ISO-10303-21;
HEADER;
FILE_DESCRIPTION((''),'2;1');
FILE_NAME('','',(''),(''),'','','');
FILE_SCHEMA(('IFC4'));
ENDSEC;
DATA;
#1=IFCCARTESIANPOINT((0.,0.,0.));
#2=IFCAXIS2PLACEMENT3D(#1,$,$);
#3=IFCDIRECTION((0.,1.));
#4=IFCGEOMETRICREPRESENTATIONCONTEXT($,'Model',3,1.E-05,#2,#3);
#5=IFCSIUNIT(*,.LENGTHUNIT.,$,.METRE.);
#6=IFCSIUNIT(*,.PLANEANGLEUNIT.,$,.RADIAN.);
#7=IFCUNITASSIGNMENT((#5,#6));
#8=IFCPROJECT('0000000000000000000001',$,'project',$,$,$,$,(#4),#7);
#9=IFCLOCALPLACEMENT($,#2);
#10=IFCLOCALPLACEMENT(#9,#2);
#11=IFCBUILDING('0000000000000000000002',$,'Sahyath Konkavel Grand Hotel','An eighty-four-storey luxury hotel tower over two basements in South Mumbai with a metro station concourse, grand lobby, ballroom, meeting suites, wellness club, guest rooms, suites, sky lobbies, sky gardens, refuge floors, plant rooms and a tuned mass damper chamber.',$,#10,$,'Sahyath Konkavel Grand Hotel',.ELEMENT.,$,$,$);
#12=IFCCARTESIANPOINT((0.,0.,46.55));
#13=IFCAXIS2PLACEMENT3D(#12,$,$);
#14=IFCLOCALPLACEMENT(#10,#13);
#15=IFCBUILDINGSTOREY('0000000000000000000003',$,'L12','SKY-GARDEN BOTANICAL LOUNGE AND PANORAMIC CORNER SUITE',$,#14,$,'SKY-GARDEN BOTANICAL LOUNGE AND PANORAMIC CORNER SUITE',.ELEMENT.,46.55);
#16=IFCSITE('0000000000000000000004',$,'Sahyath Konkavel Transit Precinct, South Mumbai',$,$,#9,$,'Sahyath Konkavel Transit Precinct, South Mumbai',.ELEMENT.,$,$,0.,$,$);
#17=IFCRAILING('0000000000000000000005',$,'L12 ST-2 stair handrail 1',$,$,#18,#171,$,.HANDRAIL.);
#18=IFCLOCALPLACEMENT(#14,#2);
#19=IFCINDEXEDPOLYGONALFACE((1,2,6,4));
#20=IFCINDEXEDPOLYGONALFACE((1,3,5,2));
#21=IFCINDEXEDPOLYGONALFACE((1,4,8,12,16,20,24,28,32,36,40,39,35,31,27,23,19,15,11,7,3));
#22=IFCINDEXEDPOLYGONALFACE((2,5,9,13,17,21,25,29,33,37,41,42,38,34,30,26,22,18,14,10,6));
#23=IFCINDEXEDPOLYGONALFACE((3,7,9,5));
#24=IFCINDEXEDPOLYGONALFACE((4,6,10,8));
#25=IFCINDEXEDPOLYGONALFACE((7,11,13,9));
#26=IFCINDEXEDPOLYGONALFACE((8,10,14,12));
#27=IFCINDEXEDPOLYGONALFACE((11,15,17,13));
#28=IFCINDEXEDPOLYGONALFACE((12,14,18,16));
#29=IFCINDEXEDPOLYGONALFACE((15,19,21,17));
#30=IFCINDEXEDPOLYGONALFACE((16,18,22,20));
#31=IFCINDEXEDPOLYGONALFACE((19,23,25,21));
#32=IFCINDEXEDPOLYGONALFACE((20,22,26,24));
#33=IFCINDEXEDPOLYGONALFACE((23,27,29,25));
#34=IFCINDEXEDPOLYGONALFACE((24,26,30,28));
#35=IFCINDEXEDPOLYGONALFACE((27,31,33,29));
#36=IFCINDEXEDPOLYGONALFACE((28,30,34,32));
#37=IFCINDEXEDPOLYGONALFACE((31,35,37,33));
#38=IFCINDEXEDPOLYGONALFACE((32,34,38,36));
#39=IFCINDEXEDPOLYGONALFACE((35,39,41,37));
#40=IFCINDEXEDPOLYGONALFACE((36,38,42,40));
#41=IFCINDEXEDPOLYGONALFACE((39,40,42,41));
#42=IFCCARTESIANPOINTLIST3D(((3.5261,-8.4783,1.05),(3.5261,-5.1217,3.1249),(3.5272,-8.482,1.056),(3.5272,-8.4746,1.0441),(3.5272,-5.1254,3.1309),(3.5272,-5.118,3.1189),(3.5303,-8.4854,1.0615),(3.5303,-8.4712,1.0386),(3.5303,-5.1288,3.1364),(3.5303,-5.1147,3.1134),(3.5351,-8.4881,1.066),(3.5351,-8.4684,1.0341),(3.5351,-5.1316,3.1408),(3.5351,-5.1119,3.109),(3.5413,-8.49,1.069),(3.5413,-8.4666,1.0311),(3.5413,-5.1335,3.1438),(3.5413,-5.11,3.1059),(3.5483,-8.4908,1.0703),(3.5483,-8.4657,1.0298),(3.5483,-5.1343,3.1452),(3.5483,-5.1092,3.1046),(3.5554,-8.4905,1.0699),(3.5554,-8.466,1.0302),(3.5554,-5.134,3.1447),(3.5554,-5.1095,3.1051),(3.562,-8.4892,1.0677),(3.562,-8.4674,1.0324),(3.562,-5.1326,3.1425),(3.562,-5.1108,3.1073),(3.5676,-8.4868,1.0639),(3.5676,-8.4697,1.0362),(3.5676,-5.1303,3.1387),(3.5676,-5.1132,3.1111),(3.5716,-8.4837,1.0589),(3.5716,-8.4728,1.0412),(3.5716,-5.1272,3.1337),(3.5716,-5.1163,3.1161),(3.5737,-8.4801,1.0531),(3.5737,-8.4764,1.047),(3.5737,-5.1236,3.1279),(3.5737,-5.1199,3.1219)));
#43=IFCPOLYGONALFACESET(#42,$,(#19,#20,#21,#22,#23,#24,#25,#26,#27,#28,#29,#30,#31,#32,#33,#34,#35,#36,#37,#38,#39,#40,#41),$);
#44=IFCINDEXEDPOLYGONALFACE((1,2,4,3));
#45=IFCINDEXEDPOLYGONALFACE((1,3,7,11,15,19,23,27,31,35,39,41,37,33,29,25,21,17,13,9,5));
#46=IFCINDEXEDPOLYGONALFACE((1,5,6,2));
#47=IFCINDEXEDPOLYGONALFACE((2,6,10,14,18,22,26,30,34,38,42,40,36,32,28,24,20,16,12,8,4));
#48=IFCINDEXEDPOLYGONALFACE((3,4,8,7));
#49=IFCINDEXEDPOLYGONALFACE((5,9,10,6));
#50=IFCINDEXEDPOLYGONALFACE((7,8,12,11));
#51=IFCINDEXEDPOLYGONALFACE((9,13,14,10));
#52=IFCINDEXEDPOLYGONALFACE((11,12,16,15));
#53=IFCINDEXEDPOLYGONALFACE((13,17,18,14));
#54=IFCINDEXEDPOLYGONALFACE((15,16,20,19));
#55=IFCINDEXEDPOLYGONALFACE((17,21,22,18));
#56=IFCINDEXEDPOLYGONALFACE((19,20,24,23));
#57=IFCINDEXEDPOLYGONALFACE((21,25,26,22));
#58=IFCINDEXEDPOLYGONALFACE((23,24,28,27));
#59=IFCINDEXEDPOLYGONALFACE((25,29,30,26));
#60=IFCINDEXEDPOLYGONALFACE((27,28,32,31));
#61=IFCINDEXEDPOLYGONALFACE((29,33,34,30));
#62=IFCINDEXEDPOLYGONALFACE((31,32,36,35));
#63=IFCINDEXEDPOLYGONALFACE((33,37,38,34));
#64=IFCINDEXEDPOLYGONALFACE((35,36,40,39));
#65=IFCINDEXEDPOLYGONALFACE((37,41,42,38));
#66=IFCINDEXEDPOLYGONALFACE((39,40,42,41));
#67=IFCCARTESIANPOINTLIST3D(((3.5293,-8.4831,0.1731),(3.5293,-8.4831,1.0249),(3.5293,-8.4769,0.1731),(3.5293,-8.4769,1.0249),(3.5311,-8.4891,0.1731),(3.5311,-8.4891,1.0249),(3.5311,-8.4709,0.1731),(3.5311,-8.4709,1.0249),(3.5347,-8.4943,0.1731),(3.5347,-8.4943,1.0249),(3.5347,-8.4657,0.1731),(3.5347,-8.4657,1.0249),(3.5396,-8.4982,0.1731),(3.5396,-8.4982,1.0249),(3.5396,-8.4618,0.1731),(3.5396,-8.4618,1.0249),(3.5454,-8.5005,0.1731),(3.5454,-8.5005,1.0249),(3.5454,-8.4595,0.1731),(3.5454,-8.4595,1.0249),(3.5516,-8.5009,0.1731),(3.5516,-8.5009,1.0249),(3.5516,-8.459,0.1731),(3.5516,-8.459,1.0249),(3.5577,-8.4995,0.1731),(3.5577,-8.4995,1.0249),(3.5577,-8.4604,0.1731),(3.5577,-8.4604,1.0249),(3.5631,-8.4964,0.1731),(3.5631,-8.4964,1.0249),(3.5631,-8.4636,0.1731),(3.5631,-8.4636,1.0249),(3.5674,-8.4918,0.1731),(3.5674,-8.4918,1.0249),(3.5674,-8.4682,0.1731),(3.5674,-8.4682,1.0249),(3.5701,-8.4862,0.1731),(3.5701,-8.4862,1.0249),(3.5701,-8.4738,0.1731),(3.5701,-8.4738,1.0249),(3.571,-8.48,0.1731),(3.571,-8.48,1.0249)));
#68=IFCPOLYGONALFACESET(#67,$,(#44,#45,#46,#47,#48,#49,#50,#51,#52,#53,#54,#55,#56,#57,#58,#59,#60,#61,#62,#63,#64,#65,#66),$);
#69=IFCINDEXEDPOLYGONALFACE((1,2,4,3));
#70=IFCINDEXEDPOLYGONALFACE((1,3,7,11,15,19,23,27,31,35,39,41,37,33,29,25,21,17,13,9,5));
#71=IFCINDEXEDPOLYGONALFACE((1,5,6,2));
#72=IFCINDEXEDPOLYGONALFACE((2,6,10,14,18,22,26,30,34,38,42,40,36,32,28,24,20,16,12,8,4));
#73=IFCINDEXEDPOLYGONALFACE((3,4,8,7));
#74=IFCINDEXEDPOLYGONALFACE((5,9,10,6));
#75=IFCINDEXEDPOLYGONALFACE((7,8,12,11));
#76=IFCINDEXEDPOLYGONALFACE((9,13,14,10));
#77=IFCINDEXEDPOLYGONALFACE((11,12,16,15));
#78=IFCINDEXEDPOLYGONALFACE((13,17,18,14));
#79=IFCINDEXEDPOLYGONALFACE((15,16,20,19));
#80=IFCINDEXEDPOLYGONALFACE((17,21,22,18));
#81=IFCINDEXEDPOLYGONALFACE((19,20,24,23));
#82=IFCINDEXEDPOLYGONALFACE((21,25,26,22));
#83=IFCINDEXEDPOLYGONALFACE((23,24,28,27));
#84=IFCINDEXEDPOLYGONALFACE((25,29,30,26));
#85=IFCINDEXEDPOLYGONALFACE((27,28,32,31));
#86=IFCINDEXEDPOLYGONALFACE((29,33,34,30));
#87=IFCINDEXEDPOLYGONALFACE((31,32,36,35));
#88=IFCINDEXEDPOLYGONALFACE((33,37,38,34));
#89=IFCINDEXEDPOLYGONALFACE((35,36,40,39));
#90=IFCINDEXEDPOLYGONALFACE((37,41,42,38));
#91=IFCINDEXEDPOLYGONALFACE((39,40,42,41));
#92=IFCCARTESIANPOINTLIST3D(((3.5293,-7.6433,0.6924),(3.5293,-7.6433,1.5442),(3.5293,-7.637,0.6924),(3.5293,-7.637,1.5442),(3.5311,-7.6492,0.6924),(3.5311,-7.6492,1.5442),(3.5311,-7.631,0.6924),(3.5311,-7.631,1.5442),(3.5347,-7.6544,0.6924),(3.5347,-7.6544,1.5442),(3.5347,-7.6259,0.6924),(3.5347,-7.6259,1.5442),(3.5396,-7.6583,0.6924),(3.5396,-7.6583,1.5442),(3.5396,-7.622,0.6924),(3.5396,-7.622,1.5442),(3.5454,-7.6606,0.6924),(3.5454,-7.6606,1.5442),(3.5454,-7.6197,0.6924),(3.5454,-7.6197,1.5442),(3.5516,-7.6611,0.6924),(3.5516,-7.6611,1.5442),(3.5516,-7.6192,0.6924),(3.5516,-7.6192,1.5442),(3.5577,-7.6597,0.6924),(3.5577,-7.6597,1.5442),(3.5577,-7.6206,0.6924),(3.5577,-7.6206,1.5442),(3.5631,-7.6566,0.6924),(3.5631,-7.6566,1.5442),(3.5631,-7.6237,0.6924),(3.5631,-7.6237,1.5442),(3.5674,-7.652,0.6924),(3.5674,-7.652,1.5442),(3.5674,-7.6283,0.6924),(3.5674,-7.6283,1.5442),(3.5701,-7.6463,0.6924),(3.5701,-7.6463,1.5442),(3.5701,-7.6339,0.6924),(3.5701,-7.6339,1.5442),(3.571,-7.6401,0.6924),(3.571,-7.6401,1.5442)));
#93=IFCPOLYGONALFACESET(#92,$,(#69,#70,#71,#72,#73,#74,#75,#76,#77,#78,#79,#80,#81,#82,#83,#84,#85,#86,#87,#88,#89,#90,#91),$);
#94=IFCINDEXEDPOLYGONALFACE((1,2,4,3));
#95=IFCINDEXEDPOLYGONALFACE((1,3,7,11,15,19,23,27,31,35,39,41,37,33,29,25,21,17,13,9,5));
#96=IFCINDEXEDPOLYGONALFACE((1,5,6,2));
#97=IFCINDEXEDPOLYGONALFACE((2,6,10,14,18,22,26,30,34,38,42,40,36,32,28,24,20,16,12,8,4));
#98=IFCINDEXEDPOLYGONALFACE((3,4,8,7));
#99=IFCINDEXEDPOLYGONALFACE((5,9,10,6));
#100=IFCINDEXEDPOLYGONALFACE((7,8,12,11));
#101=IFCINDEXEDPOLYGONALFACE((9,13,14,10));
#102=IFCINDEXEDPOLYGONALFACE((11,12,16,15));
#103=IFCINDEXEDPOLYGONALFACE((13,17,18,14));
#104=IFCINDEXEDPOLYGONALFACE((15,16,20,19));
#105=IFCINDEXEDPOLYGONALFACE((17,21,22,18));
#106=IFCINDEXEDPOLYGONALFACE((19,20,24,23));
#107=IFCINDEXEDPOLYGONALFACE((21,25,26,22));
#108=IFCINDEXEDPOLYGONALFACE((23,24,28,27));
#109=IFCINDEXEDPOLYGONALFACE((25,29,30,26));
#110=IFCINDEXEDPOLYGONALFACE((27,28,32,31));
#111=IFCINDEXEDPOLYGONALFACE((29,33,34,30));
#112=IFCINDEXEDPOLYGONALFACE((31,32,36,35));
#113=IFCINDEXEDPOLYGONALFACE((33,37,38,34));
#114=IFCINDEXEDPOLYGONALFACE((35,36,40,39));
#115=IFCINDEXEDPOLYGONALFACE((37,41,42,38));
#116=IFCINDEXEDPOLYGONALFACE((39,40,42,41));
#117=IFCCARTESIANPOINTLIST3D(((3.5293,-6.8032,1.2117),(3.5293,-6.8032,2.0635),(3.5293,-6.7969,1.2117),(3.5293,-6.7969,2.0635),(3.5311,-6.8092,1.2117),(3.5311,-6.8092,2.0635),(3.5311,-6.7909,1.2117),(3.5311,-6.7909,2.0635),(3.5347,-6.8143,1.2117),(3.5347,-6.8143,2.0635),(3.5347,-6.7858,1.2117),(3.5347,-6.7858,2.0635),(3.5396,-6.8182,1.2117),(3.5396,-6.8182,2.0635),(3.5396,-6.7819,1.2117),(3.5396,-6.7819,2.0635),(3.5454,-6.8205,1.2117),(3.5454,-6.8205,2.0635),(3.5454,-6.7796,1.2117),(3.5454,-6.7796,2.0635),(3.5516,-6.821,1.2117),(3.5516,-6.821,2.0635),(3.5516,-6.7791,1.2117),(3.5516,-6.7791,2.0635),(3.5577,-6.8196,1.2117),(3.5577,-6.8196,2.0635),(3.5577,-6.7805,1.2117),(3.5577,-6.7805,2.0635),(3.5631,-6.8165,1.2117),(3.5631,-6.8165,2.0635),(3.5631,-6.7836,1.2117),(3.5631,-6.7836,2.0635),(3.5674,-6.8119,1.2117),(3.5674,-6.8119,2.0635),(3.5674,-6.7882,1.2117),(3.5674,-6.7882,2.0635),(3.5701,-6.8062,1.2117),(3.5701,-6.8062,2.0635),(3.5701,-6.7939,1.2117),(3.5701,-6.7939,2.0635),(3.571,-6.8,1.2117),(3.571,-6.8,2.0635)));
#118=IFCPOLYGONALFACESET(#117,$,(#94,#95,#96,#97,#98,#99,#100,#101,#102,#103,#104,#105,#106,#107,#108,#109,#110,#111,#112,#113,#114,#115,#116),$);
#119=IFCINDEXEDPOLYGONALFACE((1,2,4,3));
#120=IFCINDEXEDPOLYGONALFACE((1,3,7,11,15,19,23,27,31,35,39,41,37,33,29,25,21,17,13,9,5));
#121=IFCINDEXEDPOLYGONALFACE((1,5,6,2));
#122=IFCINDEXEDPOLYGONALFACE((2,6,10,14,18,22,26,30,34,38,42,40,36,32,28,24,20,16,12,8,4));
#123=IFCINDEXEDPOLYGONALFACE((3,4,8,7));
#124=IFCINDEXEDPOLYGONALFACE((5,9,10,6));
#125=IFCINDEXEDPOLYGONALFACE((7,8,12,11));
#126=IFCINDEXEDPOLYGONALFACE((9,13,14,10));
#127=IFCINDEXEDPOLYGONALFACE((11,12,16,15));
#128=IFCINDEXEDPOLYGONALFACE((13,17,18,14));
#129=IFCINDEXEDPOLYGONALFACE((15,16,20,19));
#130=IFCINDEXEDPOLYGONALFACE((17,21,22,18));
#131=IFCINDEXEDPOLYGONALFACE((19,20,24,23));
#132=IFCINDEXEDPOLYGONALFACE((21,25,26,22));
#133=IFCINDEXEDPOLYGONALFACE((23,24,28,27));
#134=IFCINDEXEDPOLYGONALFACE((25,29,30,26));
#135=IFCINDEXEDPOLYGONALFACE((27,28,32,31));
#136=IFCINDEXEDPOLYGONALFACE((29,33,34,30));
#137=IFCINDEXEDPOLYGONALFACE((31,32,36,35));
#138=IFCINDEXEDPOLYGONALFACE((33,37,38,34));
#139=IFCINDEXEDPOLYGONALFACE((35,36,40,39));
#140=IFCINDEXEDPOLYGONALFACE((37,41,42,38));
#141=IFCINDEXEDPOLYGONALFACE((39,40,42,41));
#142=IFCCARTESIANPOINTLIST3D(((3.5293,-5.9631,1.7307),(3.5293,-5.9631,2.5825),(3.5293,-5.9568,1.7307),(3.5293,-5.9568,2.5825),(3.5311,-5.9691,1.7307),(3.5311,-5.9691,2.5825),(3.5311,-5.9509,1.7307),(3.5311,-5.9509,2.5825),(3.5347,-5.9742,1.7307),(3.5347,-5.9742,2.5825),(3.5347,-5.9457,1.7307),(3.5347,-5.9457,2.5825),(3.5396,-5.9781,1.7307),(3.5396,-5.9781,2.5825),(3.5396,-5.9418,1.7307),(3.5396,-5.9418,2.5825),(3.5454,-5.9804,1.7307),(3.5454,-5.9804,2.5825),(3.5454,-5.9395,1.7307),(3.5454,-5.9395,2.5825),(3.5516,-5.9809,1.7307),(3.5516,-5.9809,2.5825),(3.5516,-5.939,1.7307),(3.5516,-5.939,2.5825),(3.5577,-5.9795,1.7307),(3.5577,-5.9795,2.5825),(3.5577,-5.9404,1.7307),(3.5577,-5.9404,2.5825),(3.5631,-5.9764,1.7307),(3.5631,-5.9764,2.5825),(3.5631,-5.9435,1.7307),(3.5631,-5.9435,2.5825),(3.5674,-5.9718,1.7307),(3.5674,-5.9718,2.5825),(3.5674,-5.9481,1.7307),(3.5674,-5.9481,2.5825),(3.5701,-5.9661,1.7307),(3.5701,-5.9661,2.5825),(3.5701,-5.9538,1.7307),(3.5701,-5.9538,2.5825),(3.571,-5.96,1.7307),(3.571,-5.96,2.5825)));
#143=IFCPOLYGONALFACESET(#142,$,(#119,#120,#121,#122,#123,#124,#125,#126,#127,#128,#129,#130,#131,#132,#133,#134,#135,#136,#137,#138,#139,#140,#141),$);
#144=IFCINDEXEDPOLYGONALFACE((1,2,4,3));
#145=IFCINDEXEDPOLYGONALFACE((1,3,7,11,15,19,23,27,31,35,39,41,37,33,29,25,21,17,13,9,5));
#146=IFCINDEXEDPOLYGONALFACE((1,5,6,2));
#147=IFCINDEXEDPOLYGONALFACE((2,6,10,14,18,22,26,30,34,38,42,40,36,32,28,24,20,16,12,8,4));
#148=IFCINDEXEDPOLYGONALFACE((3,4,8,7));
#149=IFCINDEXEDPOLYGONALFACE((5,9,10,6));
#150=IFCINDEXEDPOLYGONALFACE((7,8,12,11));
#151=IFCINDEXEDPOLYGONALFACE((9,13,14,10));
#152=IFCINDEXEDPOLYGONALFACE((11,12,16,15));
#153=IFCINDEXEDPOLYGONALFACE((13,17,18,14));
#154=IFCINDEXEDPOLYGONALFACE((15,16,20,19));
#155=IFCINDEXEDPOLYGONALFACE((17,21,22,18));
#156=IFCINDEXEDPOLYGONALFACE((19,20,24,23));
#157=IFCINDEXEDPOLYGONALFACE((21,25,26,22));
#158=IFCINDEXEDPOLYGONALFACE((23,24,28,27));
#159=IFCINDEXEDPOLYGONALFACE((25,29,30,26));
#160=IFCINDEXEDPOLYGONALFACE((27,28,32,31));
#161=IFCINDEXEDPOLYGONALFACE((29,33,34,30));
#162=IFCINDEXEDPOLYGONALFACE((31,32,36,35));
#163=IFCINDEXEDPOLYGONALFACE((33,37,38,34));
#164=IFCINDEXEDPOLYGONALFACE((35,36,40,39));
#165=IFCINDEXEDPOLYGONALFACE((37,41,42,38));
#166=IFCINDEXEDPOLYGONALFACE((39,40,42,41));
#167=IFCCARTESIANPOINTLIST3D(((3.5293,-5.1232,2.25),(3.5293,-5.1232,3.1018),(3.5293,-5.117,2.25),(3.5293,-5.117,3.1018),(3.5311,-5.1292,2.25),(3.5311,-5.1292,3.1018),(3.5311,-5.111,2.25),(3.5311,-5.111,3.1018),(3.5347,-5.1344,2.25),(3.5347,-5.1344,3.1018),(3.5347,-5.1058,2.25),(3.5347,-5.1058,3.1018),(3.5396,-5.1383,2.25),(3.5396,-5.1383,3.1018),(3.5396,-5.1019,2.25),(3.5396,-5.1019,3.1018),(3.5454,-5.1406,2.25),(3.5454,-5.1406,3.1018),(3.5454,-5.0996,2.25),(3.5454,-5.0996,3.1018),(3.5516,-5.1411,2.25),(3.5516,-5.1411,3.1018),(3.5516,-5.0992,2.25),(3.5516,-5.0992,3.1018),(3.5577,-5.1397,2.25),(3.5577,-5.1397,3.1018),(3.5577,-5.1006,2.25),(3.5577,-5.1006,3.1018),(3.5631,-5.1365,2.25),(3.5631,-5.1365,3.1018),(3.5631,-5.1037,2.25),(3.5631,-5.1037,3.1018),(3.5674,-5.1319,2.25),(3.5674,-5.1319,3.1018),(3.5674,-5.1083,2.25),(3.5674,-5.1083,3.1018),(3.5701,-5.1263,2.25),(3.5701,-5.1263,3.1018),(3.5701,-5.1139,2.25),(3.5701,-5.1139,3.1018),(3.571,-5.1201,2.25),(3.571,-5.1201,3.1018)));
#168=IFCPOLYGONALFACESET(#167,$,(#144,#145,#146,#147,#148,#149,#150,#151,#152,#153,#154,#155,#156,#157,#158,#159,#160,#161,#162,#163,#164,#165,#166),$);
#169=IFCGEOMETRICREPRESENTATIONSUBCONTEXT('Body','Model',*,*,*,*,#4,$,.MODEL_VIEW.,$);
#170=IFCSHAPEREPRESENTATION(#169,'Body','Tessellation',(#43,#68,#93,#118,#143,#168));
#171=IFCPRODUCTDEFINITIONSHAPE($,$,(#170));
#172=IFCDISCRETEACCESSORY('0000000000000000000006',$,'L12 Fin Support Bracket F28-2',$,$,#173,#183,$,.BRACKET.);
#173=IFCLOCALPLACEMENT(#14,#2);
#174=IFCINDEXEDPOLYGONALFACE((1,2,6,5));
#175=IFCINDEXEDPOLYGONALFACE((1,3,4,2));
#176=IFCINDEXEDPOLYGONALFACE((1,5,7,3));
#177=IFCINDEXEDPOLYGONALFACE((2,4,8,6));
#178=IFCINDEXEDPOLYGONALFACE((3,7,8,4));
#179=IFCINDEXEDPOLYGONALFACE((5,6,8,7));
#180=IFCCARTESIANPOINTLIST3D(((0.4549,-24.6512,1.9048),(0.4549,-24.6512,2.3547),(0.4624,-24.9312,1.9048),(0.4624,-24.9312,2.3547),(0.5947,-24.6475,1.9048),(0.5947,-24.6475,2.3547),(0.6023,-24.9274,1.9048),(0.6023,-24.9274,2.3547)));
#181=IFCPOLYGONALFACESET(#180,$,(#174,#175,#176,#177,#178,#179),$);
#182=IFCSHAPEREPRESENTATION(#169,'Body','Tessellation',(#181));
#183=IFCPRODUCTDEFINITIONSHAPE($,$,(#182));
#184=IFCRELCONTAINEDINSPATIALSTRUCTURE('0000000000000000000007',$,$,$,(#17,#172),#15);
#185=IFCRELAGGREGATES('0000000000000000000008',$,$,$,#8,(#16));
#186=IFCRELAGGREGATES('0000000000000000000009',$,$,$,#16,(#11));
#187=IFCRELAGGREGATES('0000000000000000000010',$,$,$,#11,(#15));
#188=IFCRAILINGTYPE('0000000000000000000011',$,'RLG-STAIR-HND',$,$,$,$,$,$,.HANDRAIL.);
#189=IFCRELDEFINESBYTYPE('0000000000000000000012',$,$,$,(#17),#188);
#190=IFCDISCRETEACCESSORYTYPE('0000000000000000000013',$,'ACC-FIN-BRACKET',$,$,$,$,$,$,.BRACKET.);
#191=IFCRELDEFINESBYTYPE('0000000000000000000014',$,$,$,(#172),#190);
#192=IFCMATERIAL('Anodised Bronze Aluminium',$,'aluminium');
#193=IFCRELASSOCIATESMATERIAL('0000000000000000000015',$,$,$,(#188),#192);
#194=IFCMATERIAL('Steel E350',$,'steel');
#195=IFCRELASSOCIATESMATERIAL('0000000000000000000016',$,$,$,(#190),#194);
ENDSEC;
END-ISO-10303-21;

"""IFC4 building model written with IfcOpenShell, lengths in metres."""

from ifc_helpers import new_model, si_unit, direction, frame, origin, origin_2d, place, context, subcontext, project, spatial, rectangle, circle, extrude, source, transform, mapped, material, type_object, element, save


model = new_model("IFC4")

# Units and contexts
model_context = context("Model", 3, precision=1e-05, world=origin(), true_north=direction((0.0, 1.0)))
body_context = subcontext(model_context, "Body", "Model", "MODEL_VIEW")
ifc_project = project(units=[si_unit("LENGTHUNIT", "METRE"), si_unit("PLANEANGLEUNIT", "RADIAN")], contexts=[model_context])

# Site, building, storey
site_placement = place(None, origin())
site = spatial("IfcSite", under=ifc_project, at=site_placement, Name="Sahyath Konkavel Transit Precinct, South Mumbai", LongName="Sahyath Konkavel Transit Precinct, South Mumbai", CompositionType="ELEMENT", RefElevation=0.0)
building_placement = place(site_placement, origin())
building = spatial("IfcBuilding", under=site, at=building_placement, Name="Sahyath Konkavel Grand Hotel", Description="An eighty-four-storey luxury hotel tower over two basements in South Mumbai with a metro station concourse, grand lobby, ballroom, meeting suites, wellness club, guest rooms, suites, sky lobbies, sky gardens, refuge floors, plant rooms and a tuned mass damper chamber.", LongName="Sahyath Konkavel Grand Hotel", CompositionType="ELEMENT")
storey_placement = place(building_placement, frame((0.0, 0.0, 46.55)))
storey = spatial("IfcBuildingStorey", under=building, at=storey_placement, Name="L12", Description="SKY-GARDEN BOTANICAL LOUNGE AND PANORAMIC CORNER SUITE", LongName="SKY-GARDEN BOTANICAL LOUNGE AND PANORAMIC CORNER SUITE", CompositionType="ELEMENT", Elevation=46.55)

# Shared definitions
ifc_material_1 = material(Name="Steel E350", Category="steel")

# Shared definitions
ifc_material_2 = material(Name="Anodised Bronze Aluminium", Category="aluminium")

# Railing
railing_type_1 = type_object("IfcRailingType", Name="RLG-STAIR-HND", PredefinedType="HANDRAIL", material=ifc_material_2)
railing_1_placement = place(storey_placement, frame((3.55, -8.48, 0.1731)))
element("IfcRailing", 1, at=railing_1_placement, inside=storey, type_object=railing_type_1, Name="L12 ST-2 stair handrail 1", PredefinedType="HANDRAIL", context=body_context, shape_type="SweptSolid", body=[
    extrude(circle(Radius=0.0239, at=origin_2d()), frame((0.0, 0.0017, 0.877), z_axis=(0.0, 0.850606, 0.525803), x_axis=(-1.0, 0.0, 0.0)), (0.0, 0.0, 1.0), 3.946),
    extrude(circle(Radius=0.021, at=origin_2d()), origin(), (0.0, 0.0, 1.0), 0.8518),
    extrude(circle(Radius=0.021, at=origin_2d()), frame((0.0, 0.8398, 0.5193)), (0.0, 0.0, 1.0), 0.8518),
    extrude(circle(Radius=0.021, at=origin_2d()), frame((0.0, 1.6799, 1.0386)), (0.0, 0.0, 1.0), 0.8518),
    extrude(circle(Radius=0.021, at=origin_2d()), frame((0.0, 2.52, 1.5576)), (0.0, 0.0, 1.0), 0.8518),
    extrude(circle(Radius=0.021, at=origin_2d()), frame((0.0, 3.3599, 2.0769)), (0.0, 0.0, 1.0), 0.8518),
])

# Discrete accessory
discrete_accessory_type = type_object("IfcDiscreteAccessoryType", Name="ACC-FIN-BRACKET", PredefinedType="BRACKET", material=ifc_material_1)
shared_shape_1 = source(origin(), body_context, "Body", "SweptSolid", [
    extrude(rectangle(XDim=0.28, YDim=0.1399, at=origin_2d()), origin(), (0.0, 0.0, 1.0), 0.45),
])
discrete_accessory_placement = place(storey_placement, frame((0.5286, -24.7893, 1.9048), z_axis=(0.0, 0.0, 1.0), x_axis=(0.02691, -0.999638, 0.0)))
element("IfcDiscreteAccessory", 2, at=discrete_accessory_placement, inside=storey, type_object=discrete_accessory_type, Name="L12 Fin Support Bracket F28-2", PredefinedType="BRACKET", context=body_context, shape_type="MappedRepresentation", body=[
    mapped(shared_shape_1, transform((0.0, 0.0, 0.0), scale=1.0)),
])

save(model, "model.ifc")
